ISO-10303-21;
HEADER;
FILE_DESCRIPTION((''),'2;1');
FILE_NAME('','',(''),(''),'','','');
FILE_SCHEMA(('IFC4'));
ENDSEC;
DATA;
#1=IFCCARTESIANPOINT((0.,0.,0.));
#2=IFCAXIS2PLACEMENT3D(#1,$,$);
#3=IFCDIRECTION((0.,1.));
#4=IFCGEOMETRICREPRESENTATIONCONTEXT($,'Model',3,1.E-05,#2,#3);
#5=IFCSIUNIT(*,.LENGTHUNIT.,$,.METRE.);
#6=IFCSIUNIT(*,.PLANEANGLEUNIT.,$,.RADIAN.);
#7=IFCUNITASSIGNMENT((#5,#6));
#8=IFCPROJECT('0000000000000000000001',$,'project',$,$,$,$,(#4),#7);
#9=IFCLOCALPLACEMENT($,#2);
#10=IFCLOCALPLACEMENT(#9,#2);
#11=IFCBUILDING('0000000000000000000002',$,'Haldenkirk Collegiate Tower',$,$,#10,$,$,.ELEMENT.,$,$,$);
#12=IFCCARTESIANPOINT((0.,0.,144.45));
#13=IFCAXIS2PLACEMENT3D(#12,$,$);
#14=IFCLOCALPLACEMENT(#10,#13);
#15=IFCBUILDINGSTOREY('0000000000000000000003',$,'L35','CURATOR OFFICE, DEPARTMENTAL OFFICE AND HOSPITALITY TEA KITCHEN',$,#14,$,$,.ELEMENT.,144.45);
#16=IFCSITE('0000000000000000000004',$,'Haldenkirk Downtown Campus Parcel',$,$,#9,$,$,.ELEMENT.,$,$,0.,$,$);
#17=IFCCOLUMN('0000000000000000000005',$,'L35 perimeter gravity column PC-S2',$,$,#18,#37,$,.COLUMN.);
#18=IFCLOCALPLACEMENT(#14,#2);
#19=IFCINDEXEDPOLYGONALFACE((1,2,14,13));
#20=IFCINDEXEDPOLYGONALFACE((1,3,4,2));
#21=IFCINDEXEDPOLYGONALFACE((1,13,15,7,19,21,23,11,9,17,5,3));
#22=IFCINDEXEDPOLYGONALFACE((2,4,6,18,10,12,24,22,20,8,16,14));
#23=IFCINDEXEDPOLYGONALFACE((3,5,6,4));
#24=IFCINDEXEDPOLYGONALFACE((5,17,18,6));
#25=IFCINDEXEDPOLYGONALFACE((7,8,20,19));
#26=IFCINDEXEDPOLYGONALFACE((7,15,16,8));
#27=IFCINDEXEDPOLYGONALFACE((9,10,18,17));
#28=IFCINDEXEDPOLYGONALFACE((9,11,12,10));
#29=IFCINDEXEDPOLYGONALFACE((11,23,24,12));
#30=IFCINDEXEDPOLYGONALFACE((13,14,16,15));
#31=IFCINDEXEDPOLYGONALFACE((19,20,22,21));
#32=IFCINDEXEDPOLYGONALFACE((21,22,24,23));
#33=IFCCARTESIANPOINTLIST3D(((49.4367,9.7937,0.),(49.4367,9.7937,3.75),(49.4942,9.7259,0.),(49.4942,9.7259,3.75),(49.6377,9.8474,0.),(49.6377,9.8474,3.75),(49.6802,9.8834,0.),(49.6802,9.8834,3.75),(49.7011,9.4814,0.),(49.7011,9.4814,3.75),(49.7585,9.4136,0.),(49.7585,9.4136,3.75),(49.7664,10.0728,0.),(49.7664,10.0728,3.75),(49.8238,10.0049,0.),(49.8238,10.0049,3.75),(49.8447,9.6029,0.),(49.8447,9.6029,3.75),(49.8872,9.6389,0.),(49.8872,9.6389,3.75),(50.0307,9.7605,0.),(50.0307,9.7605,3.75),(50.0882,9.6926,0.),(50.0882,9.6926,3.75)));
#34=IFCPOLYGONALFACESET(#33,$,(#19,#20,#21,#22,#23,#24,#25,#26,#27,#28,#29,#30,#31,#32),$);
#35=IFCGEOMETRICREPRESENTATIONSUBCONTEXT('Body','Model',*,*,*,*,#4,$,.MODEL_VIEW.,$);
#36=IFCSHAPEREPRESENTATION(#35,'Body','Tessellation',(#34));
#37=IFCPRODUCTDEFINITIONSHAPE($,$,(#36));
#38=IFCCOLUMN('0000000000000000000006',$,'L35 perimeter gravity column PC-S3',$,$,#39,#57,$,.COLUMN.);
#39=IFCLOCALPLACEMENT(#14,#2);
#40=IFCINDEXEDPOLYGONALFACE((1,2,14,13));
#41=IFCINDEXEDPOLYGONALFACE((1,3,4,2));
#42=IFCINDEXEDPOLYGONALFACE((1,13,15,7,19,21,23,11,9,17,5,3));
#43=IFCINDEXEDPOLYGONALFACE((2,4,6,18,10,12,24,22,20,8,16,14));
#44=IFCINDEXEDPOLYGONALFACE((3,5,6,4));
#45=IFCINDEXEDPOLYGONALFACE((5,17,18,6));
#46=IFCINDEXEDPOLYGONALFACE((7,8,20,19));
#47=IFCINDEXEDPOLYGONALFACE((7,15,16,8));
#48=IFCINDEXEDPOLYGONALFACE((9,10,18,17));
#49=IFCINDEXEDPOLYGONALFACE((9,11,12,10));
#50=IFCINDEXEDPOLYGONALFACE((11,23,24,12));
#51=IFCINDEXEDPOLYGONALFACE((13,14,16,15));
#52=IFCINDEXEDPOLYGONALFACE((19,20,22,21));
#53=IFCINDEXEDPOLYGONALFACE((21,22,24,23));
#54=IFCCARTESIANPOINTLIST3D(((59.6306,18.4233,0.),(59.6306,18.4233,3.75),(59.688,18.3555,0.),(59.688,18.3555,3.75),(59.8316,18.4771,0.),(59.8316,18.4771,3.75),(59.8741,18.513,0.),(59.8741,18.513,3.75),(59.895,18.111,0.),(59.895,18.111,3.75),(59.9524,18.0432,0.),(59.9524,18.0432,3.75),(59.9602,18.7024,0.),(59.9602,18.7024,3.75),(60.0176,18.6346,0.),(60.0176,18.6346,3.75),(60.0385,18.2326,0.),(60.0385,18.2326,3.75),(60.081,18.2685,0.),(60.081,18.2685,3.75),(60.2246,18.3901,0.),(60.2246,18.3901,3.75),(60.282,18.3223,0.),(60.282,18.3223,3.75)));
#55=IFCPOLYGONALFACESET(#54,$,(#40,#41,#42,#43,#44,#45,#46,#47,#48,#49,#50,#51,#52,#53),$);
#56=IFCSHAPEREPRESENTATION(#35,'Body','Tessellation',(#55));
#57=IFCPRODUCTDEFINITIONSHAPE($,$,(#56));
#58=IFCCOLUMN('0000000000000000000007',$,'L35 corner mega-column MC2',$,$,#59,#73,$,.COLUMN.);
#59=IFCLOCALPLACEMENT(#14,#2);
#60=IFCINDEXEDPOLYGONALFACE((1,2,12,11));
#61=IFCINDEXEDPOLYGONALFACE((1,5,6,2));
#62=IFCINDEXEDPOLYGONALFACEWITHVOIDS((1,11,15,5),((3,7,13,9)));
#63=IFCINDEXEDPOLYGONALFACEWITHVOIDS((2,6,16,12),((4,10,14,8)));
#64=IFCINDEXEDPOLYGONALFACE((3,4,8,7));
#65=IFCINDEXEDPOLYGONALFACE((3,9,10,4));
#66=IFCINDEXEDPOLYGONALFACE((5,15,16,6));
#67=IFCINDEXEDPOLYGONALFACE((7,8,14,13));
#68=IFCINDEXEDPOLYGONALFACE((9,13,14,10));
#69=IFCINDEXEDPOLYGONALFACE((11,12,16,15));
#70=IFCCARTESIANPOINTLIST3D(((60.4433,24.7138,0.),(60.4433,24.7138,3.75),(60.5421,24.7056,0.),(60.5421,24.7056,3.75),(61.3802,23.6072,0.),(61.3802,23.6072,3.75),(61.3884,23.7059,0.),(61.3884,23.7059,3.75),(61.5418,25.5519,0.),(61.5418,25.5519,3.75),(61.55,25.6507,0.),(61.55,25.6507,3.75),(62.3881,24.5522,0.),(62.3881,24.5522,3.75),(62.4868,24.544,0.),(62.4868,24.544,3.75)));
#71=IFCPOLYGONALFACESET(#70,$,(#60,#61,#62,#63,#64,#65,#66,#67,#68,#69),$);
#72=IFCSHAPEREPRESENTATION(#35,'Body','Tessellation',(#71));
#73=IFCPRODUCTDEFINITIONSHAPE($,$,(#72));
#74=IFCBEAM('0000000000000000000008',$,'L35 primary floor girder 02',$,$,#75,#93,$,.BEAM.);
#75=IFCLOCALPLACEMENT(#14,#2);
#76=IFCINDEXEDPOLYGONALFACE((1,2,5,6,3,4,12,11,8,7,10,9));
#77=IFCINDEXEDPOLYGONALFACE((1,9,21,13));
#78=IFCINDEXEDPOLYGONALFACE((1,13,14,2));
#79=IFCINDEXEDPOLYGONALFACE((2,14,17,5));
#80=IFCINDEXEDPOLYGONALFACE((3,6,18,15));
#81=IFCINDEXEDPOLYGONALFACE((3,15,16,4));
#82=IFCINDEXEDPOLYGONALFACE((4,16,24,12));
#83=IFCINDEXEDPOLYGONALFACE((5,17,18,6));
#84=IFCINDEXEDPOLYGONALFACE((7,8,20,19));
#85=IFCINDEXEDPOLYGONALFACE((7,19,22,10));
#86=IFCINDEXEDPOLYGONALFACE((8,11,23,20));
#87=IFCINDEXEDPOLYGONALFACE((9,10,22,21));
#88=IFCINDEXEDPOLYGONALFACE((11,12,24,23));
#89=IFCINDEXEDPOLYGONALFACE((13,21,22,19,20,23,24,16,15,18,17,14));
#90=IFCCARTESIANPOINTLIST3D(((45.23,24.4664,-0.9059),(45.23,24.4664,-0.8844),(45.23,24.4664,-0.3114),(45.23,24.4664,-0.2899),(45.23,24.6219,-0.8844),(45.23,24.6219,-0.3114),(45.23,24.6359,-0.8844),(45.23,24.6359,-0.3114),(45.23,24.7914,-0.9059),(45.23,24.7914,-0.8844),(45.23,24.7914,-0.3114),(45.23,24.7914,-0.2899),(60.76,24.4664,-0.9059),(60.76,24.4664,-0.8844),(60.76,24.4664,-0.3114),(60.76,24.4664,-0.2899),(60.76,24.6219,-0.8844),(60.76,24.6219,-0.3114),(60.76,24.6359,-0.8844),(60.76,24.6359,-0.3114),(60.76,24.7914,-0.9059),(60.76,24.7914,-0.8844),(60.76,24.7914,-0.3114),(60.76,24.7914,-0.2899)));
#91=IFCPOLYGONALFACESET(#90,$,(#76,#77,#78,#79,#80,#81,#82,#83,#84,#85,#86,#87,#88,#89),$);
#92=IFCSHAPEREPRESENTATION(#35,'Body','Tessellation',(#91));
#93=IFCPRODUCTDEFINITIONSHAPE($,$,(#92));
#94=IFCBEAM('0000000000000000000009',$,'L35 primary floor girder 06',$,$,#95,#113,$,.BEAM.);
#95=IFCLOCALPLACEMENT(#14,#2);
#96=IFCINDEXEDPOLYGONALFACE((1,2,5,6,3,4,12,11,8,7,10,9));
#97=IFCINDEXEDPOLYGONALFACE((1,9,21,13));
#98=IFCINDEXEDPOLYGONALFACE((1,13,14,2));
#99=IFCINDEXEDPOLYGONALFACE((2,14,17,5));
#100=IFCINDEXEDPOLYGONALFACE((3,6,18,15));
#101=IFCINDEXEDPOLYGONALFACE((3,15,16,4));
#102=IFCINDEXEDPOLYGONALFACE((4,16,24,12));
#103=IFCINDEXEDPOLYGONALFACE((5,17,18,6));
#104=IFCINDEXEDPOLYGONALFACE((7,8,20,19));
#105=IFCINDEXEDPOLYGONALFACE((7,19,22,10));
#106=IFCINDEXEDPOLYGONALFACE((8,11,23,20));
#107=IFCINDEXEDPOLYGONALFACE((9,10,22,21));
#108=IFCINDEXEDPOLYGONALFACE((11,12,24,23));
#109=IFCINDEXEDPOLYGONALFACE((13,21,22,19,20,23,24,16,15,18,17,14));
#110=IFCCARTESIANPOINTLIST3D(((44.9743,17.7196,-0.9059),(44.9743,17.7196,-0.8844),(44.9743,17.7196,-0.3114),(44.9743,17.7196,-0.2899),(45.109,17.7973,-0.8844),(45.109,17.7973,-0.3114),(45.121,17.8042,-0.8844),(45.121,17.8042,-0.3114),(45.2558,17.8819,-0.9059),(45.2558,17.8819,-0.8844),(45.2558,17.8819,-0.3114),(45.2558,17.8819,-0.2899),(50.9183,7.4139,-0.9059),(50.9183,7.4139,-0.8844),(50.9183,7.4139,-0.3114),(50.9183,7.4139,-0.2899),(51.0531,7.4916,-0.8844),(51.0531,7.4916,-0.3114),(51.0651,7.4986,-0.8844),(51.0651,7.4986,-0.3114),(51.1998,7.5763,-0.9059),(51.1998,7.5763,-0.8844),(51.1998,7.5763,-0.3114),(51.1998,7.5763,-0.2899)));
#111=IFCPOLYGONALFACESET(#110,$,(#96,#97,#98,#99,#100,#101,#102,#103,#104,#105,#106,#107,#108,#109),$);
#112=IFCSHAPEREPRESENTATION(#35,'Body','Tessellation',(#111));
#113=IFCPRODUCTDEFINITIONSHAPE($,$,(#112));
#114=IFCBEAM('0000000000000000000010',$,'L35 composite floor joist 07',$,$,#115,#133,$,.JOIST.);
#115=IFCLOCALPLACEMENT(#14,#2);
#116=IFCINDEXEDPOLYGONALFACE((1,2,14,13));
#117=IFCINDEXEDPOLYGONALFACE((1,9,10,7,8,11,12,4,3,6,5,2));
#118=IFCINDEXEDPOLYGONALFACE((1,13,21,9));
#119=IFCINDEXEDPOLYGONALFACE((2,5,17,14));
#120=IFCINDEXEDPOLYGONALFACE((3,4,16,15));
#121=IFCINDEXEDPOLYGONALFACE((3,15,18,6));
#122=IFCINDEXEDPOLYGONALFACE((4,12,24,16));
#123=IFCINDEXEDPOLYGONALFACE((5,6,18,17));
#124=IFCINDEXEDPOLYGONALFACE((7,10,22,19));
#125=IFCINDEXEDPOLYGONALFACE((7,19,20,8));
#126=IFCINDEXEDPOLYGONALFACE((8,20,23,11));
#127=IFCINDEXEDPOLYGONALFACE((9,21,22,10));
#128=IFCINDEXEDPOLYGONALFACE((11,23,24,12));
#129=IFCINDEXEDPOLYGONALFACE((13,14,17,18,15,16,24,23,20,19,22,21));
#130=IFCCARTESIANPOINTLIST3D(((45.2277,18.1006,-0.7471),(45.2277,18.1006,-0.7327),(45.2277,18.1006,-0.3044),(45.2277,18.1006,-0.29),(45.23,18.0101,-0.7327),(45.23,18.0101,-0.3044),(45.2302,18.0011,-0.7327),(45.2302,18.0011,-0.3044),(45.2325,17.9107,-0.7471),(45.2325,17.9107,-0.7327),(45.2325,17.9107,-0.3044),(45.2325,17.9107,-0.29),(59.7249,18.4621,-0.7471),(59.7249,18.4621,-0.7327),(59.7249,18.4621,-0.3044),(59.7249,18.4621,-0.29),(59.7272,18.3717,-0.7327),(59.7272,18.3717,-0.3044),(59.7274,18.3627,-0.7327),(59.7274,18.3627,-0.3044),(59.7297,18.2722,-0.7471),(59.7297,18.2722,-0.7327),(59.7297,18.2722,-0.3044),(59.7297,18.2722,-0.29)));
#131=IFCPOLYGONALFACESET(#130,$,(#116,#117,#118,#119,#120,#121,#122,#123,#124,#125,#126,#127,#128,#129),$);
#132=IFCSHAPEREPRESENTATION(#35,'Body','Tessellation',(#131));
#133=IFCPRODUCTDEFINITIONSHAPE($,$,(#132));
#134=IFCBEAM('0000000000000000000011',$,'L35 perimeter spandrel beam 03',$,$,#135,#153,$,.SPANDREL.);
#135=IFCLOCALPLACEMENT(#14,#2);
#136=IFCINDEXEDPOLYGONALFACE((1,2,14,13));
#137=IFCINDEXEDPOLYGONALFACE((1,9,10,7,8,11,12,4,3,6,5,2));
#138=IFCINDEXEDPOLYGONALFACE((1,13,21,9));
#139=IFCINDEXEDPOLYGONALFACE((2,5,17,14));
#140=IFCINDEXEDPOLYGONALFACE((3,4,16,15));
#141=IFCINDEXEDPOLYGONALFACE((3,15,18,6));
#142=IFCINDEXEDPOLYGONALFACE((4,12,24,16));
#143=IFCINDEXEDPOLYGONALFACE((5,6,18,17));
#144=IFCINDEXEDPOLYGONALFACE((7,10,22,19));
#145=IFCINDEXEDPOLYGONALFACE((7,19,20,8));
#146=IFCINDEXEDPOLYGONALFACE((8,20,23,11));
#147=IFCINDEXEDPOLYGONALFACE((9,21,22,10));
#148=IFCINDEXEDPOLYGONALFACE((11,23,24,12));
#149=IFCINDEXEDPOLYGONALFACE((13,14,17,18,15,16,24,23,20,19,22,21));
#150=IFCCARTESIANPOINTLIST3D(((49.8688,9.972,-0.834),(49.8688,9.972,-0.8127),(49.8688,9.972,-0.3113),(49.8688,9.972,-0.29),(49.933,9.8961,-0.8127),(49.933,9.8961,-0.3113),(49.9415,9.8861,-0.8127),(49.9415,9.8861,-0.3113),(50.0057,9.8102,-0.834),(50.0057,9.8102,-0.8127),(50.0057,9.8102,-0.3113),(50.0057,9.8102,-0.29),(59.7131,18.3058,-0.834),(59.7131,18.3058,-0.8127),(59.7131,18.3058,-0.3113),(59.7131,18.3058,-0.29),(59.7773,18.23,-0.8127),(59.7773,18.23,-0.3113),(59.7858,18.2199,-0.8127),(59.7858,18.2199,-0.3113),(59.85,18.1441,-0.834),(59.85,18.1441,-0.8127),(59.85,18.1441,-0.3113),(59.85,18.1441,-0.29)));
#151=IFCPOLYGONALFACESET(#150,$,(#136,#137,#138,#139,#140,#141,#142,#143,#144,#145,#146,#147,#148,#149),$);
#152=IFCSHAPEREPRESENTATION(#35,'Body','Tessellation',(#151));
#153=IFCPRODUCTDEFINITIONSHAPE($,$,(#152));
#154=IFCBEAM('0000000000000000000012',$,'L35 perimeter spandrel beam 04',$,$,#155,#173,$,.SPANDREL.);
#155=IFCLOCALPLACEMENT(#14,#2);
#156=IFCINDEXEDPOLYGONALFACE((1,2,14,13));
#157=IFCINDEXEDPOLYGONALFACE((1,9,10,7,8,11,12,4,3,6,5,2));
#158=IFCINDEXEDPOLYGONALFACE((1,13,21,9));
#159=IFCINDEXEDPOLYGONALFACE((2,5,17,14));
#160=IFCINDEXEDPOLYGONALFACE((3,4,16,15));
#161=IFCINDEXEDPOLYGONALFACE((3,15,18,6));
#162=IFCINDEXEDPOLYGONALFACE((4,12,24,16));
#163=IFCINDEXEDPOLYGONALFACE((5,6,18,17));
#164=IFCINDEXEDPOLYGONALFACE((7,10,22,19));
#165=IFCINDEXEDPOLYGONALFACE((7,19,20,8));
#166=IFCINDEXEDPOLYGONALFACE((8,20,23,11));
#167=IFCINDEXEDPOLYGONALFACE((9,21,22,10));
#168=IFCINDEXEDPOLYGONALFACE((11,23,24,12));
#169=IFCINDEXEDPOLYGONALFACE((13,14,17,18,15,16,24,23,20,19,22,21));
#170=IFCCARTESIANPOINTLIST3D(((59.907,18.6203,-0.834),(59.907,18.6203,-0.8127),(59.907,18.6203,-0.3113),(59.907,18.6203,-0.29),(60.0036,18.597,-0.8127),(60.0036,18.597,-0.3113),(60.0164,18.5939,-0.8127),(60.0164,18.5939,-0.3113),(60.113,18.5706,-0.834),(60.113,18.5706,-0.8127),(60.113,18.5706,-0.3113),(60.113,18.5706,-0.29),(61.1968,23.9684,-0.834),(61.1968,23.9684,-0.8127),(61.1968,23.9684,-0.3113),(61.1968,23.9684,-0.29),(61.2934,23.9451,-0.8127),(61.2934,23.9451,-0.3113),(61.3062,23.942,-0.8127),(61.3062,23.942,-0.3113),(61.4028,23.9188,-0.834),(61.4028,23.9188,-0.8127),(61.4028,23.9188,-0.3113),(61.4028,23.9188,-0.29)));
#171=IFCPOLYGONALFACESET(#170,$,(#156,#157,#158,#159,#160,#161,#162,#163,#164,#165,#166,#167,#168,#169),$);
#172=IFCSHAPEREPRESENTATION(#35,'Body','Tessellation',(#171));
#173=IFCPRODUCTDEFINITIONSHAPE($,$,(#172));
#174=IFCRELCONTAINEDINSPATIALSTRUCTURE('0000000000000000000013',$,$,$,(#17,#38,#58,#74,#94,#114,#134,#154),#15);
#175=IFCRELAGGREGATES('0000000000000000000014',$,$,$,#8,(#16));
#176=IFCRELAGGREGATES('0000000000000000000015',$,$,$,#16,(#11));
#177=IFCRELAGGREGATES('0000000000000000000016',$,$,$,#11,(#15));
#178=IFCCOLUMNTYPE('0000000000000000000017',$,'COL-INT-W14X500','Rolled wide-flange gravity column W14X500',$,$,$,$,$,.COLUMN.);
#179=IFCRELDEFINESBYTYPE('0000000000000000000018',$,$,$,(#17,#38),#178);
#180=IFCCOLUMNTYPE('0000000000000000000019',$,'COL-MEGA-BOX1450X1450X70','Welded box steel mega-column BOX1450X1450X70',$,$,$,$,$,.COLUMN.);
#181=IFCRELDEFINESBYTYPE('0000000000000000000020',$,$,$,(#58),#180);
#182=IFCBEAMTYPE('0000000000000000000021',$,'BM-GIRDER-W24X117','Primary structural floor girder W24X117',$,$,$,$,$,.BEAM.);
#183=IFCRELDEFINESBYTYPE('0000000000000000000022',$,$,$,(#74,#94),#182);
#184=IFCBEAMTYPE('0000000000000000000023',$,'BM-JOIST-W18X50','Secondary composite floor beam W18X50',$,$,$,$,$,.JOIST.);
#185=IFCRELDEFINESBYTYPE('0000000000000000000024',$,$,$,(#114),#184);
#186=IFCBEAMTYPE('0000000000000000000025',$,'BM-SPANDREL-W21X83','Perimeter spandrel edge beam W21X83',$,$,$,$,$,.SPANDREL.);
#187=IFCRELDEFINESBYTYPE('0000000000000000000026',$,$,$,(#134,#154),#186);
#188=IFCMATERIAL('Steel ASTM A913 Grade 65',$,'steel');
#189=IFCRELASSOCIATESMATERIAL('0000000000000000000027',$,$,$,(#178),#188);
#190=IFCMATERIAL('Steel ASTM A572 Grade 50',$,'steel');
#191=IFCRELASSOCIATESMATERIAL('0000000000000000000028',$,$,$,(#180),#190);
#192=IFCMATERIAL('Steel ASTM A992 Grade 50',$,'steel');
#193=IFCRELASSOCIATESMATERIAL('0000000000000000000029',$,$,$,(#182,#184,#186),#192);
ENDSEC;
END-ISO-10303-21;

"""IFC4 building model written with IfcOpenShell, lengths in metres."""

from ifc_helpers import new_model, si_unit, direction, frame, origin, origin_2d, place, context, subcontext, project, spatial, hollow_rectangle, i_section, extrude, material, material_profile, profile_set, type_object, element, save


model = new_model("IFC4")

# Units and contexts
model_context = context("Model", 3, precision=1e-05, world=origin(), true_north=direction((0.0, 1.0)))
body_context = subcontext(model_context, "Body", "Model", "MODEL_VIEW")
ifc_project = project(units=[si_unit("LENGTHUNIT", "METRE"), si_unit("PLANEANGLEUNIT", "RADIAN")], contexts=[model_context])

# Site, building, storey
site_placement = place(None, origin())
site = spatial("IfcSite", under=ifc_project, at=site_placement, Name="Haldenkirk Downtown Campus Parcel", CompositionType="ELEMENT", RefElevation=0.0)
building_placement = place(site_placement, origin())
building = spatial("IfcBuilding", under=site, at=building_placement, Name="Haldenkirk Collegiate Tower", CompositionType="ELEMENT")
storey_placement = place(building_placement, frame((0.0, 0.0, 144.45)))
storey = spatial("IfcBuildingStorey", under=building, at=storey_placement, Name="L35", Description="CURATOR OFFICE, DEPARTMENTAL OFFICE AND HOSPITALITY TEA KITCHEN", CompositionType="ELEMENT", Elevation=144.45)

# Columns
ifc_material_1 = material(Name="Steel ASTM A913 Grade 65", Category="steel")
ifc_material_profile_1 = material_profile(ifc_material_1, i_section(OverallWidth=0.4319, OverallDepth=0.498, WebThickness=0.0557, FlangeThickness=0.0889, at=origin_2d()), Name="W14X500")
ifc_profile_set_1 = profile_set([ifc_material_profile_1], Name="Steel ASTM A913 Grade 65")
column_type_1 = type_object("IfcColumnType", Name="COL-INT-W14X500", Description="Rolled wide-flange gravity column W14X500", PredefinedType="COLUMN", material=ifc_profile_set_1)
for number, where, z_axis, x_axis, name in (
    (1, (49.7625, 9.7432, 0.0), (0.0, 0.0, 1.0), (0.763232, 0.646124, 0.0), "L35 perimeter gravity column PC-S2"),
    (2, (59.9563, 18.3728, 0.0), (0.0, 0.0, 1.0), (0.763232, 0.646124, 0.0), "L35 perimeter gravity column PC-S3"),
):
    element("IfcColumn", number, at=place(storey_placement, frame(where, z_axis=z_axis, x_axis=x_axis)), inside=storey, type_object=column_type_1, Name=name, PredefinedType="COLUMN", context=body_context, shape_type="SweptSolid", body=[
        extrude(i_section(OverallWidth=0.4319, OverallDepth=0.498, WebThickness=0.0557, FlangeThickness=0.0889, at=origin_2d()), origin(), (0.0, 0.0, 1.0), 3.75),
    ])
ifc_material_2 = material(Name="Steel ASTM A572 Grade 50", Category="steel")
ifc_material_profile_2 = material_profile(ifc_material_2, hollow_rectangle(XDim=1.45, YDim=1.45, WallThickness=0.0701, at=origin_2d()), Name="BOX1450X1450X70")
ifc_profile_set_2 = profile_set([ifc_material_profile_2], Name="Steel ASTM A572 Grade 50")
column_type_2 = type_object("IfcColumnType", Name="COL-MEGA-BOX1450X1450X70", Description="Welded box steel mega-column BOX1450X1450X70", PredefinedType="COLUMN", material=ifc_profile_set_2)
column_placement = place(storey_placement, frame((61.4651, 24.6289, 0.0), z_axis=(0.0, 0.0, 1.0), x_axis=(0.763232, 0.646124, 0.0)))
element("IfcColumn", 3, at=column_placement, inside=storey, type_object=column_type_2, Name="L35 corner mega-column MC2", PredefinedType="COLUMN", context=body_context, shape_type="SweptSolid", body=[
    extrude(hollow_rectangle(XDim=1.45, YDim=1.45, WallThickness=0.0701, at=origin_2d()), origin(), (0.0, 0.0, 1.0), 3.75),
])

# Beams
ifc_material_3 = material(Name="Steel ASTM A992 Grade 50", Category="steel")
ifc_material_profile_3 = material_profile(ifc_material_3, i_section(OverallWidth=0.325, OverallDepth=0.616, WebThickness=0.0139, FlangeThickness=0.0215, at=origin_2d()), Name="W24X117")
ifc_profile_set_3 = profile_set([ifc_material_profile_3], Name="Steel ASTM A992 Grade 50")
beam_type_1 = type_object("IfcBeamType", Name="BM-GIRDER-W24X117", Description="Primary structural floor girder W24X117", PredefinedType="BEAM", material=ifc_profile_set_3)
beam_1_placement = place(storey_placement, frame((60.76, 24.6289, -0.5979), z_axis=(-1.0, 0.0, 0.0), x_axis=(0.0, -1.0, 0.0)))
element("IfcBeam", 4, at=beam_1_placement, inside=storey, type_object=beam_type_1, Name="L35 primary floor girder 02", PredefinedType="BEAM", context=body_context, shape_type="SweptSolid", body=[
    extrude(i_section(OverallWidth=0.325, OverallDepth=0.616, WebThickness=0.0139, FlangeThickness=0.0215, at=origin_2d()), origin(), (0.0, 0.0, 1.0), 15.53),
])
beam_2_placement = place(storey_placement, frame((51.0591, 7.4951, -0.5979), z_axis=(-0.499629, 0.86624, 0.0), x_axis=(-0.86624, -0.499629, 0.0)))
element("IfcBeam", 5, at=beam_2_placement, inside=storey, type_object=beam_type_1, Name="L35 primary floor girder 06", PredefinedType="BEAM", context=body_context, shape_type="SweptSolid", body=[
    extrude(i_section(OverallWidth=0.325, OverallDepth=0.616, WebThickness=0.0139, FlangeThickness=0.0215, at=origin_2d()), origin(), (0.0, 0.0, 1.0), 11.897),
])
ifc_material_profile_4 = material_profile(ifc_material_3, i_section(OverallWidth=0.1899, OverallDepth=0.457, WebThickness=0.009, FlangeThickness=0.0144, at=origin_2d()), Name="W18X50")
ifc_profile_set_4 = profile_set([ifc_material_profile_4], Name="Steel ASTM A992 Grade 50")
beam_type_2 = type_object("IfcBeamType", Name="BM-JOIST-W18X50", Description="Secondary composite floor beam W18X50", PredefinedType="JOIST", material=ifc_profile_set_4)
beam_3_placement = place(storey_placement, frame((59.7273, 18.3672, -0.5186), z_axis=(-0.999689, -0.024933, 0.0), x_axis=(0.024933, -0.999689, 0.0)))
element("IfcBeam", 6, at=beam_3_placement, inside=storey, type_object=beam_type_2, Name="L35 composite floor joist 07", PredefinedType="JOIST", context=body_context, shape_type="SweptSolid", body=[
    extrude(i_section(OverallWidth=0.1899, OverallDepth=0.457, WebThickness=0.009, FlangeThickness=0.0144, at=origin_2d()), origin(), (0.0, 0.0, 1.0), 14.5017),
])
ifc_material_profile_5 = material_profile(ifc_material_3, i_section(OverallWidth=0.2119, OverallDepth=0.5439, WebThickness=0.0132, FlangeThickness=0.0212, at=origin_2d()), Name="W21X83")
ifc_profile_set_5 = profile_set([ifc_material_profile_5], Name="Steel ASTM A992 Grade 50")
beam_type_3 = type_object("IfcBeamType", Name="BM-SPANDREL-W21X83", Description="Perimeter spandrel edge beam W21X83", PredefinedType="SPANDREL", material=ifc_profile_set_5)
beam_4_placement = place(storey_placement, frame((49.9373, 9.8911, -0.562), z_axis=(0.763233, 0.646123, 0.0), x_axis=(-0.646123, 0.763233, 0.0)))
element("IfcBeam", 7, at=beam_4_placement, inside=storey, type_object=beam_type_3, Name="L35 perimeter spandrel beam 03", PredefinedType="SPANDREL", context=body_context, shape_type="SweptSolid", body=[
    extrude(i_section(OverallWidth=0.2119, OverallDepth=0.5439, WebThickness=0.0132, FlangeThickness=0.0212, at=origin_2d()), origin(), (0.0, 0.0, 1.0), 12.8982),
])
beam_5_placement = place(storey_placement, frame((60.01, 18.5955, -0.562), z_axis=(0.234445, 0.972129, 0.0), x_axis=(-0.972129, 0.234445, 0.0)))
element("IfcBeam", 8, at=beam_5_placement, inside=storey, type_object=beam_type_3, Name="L35 perimeter spandrel beam 04", PredefinedType="SPANDREL", context=body_context, shape_type="SweptSolid", body=[
    extrude(i_section(OverallWidth=0.2119, OverallDepth=0.5439, WebThickness=0.0132, FlangeThickness=0.0212, at=origin_2d()), origin(), (0.0, 0.0, 1.0), 5.5015),
])

save(model, "model.ifc")
